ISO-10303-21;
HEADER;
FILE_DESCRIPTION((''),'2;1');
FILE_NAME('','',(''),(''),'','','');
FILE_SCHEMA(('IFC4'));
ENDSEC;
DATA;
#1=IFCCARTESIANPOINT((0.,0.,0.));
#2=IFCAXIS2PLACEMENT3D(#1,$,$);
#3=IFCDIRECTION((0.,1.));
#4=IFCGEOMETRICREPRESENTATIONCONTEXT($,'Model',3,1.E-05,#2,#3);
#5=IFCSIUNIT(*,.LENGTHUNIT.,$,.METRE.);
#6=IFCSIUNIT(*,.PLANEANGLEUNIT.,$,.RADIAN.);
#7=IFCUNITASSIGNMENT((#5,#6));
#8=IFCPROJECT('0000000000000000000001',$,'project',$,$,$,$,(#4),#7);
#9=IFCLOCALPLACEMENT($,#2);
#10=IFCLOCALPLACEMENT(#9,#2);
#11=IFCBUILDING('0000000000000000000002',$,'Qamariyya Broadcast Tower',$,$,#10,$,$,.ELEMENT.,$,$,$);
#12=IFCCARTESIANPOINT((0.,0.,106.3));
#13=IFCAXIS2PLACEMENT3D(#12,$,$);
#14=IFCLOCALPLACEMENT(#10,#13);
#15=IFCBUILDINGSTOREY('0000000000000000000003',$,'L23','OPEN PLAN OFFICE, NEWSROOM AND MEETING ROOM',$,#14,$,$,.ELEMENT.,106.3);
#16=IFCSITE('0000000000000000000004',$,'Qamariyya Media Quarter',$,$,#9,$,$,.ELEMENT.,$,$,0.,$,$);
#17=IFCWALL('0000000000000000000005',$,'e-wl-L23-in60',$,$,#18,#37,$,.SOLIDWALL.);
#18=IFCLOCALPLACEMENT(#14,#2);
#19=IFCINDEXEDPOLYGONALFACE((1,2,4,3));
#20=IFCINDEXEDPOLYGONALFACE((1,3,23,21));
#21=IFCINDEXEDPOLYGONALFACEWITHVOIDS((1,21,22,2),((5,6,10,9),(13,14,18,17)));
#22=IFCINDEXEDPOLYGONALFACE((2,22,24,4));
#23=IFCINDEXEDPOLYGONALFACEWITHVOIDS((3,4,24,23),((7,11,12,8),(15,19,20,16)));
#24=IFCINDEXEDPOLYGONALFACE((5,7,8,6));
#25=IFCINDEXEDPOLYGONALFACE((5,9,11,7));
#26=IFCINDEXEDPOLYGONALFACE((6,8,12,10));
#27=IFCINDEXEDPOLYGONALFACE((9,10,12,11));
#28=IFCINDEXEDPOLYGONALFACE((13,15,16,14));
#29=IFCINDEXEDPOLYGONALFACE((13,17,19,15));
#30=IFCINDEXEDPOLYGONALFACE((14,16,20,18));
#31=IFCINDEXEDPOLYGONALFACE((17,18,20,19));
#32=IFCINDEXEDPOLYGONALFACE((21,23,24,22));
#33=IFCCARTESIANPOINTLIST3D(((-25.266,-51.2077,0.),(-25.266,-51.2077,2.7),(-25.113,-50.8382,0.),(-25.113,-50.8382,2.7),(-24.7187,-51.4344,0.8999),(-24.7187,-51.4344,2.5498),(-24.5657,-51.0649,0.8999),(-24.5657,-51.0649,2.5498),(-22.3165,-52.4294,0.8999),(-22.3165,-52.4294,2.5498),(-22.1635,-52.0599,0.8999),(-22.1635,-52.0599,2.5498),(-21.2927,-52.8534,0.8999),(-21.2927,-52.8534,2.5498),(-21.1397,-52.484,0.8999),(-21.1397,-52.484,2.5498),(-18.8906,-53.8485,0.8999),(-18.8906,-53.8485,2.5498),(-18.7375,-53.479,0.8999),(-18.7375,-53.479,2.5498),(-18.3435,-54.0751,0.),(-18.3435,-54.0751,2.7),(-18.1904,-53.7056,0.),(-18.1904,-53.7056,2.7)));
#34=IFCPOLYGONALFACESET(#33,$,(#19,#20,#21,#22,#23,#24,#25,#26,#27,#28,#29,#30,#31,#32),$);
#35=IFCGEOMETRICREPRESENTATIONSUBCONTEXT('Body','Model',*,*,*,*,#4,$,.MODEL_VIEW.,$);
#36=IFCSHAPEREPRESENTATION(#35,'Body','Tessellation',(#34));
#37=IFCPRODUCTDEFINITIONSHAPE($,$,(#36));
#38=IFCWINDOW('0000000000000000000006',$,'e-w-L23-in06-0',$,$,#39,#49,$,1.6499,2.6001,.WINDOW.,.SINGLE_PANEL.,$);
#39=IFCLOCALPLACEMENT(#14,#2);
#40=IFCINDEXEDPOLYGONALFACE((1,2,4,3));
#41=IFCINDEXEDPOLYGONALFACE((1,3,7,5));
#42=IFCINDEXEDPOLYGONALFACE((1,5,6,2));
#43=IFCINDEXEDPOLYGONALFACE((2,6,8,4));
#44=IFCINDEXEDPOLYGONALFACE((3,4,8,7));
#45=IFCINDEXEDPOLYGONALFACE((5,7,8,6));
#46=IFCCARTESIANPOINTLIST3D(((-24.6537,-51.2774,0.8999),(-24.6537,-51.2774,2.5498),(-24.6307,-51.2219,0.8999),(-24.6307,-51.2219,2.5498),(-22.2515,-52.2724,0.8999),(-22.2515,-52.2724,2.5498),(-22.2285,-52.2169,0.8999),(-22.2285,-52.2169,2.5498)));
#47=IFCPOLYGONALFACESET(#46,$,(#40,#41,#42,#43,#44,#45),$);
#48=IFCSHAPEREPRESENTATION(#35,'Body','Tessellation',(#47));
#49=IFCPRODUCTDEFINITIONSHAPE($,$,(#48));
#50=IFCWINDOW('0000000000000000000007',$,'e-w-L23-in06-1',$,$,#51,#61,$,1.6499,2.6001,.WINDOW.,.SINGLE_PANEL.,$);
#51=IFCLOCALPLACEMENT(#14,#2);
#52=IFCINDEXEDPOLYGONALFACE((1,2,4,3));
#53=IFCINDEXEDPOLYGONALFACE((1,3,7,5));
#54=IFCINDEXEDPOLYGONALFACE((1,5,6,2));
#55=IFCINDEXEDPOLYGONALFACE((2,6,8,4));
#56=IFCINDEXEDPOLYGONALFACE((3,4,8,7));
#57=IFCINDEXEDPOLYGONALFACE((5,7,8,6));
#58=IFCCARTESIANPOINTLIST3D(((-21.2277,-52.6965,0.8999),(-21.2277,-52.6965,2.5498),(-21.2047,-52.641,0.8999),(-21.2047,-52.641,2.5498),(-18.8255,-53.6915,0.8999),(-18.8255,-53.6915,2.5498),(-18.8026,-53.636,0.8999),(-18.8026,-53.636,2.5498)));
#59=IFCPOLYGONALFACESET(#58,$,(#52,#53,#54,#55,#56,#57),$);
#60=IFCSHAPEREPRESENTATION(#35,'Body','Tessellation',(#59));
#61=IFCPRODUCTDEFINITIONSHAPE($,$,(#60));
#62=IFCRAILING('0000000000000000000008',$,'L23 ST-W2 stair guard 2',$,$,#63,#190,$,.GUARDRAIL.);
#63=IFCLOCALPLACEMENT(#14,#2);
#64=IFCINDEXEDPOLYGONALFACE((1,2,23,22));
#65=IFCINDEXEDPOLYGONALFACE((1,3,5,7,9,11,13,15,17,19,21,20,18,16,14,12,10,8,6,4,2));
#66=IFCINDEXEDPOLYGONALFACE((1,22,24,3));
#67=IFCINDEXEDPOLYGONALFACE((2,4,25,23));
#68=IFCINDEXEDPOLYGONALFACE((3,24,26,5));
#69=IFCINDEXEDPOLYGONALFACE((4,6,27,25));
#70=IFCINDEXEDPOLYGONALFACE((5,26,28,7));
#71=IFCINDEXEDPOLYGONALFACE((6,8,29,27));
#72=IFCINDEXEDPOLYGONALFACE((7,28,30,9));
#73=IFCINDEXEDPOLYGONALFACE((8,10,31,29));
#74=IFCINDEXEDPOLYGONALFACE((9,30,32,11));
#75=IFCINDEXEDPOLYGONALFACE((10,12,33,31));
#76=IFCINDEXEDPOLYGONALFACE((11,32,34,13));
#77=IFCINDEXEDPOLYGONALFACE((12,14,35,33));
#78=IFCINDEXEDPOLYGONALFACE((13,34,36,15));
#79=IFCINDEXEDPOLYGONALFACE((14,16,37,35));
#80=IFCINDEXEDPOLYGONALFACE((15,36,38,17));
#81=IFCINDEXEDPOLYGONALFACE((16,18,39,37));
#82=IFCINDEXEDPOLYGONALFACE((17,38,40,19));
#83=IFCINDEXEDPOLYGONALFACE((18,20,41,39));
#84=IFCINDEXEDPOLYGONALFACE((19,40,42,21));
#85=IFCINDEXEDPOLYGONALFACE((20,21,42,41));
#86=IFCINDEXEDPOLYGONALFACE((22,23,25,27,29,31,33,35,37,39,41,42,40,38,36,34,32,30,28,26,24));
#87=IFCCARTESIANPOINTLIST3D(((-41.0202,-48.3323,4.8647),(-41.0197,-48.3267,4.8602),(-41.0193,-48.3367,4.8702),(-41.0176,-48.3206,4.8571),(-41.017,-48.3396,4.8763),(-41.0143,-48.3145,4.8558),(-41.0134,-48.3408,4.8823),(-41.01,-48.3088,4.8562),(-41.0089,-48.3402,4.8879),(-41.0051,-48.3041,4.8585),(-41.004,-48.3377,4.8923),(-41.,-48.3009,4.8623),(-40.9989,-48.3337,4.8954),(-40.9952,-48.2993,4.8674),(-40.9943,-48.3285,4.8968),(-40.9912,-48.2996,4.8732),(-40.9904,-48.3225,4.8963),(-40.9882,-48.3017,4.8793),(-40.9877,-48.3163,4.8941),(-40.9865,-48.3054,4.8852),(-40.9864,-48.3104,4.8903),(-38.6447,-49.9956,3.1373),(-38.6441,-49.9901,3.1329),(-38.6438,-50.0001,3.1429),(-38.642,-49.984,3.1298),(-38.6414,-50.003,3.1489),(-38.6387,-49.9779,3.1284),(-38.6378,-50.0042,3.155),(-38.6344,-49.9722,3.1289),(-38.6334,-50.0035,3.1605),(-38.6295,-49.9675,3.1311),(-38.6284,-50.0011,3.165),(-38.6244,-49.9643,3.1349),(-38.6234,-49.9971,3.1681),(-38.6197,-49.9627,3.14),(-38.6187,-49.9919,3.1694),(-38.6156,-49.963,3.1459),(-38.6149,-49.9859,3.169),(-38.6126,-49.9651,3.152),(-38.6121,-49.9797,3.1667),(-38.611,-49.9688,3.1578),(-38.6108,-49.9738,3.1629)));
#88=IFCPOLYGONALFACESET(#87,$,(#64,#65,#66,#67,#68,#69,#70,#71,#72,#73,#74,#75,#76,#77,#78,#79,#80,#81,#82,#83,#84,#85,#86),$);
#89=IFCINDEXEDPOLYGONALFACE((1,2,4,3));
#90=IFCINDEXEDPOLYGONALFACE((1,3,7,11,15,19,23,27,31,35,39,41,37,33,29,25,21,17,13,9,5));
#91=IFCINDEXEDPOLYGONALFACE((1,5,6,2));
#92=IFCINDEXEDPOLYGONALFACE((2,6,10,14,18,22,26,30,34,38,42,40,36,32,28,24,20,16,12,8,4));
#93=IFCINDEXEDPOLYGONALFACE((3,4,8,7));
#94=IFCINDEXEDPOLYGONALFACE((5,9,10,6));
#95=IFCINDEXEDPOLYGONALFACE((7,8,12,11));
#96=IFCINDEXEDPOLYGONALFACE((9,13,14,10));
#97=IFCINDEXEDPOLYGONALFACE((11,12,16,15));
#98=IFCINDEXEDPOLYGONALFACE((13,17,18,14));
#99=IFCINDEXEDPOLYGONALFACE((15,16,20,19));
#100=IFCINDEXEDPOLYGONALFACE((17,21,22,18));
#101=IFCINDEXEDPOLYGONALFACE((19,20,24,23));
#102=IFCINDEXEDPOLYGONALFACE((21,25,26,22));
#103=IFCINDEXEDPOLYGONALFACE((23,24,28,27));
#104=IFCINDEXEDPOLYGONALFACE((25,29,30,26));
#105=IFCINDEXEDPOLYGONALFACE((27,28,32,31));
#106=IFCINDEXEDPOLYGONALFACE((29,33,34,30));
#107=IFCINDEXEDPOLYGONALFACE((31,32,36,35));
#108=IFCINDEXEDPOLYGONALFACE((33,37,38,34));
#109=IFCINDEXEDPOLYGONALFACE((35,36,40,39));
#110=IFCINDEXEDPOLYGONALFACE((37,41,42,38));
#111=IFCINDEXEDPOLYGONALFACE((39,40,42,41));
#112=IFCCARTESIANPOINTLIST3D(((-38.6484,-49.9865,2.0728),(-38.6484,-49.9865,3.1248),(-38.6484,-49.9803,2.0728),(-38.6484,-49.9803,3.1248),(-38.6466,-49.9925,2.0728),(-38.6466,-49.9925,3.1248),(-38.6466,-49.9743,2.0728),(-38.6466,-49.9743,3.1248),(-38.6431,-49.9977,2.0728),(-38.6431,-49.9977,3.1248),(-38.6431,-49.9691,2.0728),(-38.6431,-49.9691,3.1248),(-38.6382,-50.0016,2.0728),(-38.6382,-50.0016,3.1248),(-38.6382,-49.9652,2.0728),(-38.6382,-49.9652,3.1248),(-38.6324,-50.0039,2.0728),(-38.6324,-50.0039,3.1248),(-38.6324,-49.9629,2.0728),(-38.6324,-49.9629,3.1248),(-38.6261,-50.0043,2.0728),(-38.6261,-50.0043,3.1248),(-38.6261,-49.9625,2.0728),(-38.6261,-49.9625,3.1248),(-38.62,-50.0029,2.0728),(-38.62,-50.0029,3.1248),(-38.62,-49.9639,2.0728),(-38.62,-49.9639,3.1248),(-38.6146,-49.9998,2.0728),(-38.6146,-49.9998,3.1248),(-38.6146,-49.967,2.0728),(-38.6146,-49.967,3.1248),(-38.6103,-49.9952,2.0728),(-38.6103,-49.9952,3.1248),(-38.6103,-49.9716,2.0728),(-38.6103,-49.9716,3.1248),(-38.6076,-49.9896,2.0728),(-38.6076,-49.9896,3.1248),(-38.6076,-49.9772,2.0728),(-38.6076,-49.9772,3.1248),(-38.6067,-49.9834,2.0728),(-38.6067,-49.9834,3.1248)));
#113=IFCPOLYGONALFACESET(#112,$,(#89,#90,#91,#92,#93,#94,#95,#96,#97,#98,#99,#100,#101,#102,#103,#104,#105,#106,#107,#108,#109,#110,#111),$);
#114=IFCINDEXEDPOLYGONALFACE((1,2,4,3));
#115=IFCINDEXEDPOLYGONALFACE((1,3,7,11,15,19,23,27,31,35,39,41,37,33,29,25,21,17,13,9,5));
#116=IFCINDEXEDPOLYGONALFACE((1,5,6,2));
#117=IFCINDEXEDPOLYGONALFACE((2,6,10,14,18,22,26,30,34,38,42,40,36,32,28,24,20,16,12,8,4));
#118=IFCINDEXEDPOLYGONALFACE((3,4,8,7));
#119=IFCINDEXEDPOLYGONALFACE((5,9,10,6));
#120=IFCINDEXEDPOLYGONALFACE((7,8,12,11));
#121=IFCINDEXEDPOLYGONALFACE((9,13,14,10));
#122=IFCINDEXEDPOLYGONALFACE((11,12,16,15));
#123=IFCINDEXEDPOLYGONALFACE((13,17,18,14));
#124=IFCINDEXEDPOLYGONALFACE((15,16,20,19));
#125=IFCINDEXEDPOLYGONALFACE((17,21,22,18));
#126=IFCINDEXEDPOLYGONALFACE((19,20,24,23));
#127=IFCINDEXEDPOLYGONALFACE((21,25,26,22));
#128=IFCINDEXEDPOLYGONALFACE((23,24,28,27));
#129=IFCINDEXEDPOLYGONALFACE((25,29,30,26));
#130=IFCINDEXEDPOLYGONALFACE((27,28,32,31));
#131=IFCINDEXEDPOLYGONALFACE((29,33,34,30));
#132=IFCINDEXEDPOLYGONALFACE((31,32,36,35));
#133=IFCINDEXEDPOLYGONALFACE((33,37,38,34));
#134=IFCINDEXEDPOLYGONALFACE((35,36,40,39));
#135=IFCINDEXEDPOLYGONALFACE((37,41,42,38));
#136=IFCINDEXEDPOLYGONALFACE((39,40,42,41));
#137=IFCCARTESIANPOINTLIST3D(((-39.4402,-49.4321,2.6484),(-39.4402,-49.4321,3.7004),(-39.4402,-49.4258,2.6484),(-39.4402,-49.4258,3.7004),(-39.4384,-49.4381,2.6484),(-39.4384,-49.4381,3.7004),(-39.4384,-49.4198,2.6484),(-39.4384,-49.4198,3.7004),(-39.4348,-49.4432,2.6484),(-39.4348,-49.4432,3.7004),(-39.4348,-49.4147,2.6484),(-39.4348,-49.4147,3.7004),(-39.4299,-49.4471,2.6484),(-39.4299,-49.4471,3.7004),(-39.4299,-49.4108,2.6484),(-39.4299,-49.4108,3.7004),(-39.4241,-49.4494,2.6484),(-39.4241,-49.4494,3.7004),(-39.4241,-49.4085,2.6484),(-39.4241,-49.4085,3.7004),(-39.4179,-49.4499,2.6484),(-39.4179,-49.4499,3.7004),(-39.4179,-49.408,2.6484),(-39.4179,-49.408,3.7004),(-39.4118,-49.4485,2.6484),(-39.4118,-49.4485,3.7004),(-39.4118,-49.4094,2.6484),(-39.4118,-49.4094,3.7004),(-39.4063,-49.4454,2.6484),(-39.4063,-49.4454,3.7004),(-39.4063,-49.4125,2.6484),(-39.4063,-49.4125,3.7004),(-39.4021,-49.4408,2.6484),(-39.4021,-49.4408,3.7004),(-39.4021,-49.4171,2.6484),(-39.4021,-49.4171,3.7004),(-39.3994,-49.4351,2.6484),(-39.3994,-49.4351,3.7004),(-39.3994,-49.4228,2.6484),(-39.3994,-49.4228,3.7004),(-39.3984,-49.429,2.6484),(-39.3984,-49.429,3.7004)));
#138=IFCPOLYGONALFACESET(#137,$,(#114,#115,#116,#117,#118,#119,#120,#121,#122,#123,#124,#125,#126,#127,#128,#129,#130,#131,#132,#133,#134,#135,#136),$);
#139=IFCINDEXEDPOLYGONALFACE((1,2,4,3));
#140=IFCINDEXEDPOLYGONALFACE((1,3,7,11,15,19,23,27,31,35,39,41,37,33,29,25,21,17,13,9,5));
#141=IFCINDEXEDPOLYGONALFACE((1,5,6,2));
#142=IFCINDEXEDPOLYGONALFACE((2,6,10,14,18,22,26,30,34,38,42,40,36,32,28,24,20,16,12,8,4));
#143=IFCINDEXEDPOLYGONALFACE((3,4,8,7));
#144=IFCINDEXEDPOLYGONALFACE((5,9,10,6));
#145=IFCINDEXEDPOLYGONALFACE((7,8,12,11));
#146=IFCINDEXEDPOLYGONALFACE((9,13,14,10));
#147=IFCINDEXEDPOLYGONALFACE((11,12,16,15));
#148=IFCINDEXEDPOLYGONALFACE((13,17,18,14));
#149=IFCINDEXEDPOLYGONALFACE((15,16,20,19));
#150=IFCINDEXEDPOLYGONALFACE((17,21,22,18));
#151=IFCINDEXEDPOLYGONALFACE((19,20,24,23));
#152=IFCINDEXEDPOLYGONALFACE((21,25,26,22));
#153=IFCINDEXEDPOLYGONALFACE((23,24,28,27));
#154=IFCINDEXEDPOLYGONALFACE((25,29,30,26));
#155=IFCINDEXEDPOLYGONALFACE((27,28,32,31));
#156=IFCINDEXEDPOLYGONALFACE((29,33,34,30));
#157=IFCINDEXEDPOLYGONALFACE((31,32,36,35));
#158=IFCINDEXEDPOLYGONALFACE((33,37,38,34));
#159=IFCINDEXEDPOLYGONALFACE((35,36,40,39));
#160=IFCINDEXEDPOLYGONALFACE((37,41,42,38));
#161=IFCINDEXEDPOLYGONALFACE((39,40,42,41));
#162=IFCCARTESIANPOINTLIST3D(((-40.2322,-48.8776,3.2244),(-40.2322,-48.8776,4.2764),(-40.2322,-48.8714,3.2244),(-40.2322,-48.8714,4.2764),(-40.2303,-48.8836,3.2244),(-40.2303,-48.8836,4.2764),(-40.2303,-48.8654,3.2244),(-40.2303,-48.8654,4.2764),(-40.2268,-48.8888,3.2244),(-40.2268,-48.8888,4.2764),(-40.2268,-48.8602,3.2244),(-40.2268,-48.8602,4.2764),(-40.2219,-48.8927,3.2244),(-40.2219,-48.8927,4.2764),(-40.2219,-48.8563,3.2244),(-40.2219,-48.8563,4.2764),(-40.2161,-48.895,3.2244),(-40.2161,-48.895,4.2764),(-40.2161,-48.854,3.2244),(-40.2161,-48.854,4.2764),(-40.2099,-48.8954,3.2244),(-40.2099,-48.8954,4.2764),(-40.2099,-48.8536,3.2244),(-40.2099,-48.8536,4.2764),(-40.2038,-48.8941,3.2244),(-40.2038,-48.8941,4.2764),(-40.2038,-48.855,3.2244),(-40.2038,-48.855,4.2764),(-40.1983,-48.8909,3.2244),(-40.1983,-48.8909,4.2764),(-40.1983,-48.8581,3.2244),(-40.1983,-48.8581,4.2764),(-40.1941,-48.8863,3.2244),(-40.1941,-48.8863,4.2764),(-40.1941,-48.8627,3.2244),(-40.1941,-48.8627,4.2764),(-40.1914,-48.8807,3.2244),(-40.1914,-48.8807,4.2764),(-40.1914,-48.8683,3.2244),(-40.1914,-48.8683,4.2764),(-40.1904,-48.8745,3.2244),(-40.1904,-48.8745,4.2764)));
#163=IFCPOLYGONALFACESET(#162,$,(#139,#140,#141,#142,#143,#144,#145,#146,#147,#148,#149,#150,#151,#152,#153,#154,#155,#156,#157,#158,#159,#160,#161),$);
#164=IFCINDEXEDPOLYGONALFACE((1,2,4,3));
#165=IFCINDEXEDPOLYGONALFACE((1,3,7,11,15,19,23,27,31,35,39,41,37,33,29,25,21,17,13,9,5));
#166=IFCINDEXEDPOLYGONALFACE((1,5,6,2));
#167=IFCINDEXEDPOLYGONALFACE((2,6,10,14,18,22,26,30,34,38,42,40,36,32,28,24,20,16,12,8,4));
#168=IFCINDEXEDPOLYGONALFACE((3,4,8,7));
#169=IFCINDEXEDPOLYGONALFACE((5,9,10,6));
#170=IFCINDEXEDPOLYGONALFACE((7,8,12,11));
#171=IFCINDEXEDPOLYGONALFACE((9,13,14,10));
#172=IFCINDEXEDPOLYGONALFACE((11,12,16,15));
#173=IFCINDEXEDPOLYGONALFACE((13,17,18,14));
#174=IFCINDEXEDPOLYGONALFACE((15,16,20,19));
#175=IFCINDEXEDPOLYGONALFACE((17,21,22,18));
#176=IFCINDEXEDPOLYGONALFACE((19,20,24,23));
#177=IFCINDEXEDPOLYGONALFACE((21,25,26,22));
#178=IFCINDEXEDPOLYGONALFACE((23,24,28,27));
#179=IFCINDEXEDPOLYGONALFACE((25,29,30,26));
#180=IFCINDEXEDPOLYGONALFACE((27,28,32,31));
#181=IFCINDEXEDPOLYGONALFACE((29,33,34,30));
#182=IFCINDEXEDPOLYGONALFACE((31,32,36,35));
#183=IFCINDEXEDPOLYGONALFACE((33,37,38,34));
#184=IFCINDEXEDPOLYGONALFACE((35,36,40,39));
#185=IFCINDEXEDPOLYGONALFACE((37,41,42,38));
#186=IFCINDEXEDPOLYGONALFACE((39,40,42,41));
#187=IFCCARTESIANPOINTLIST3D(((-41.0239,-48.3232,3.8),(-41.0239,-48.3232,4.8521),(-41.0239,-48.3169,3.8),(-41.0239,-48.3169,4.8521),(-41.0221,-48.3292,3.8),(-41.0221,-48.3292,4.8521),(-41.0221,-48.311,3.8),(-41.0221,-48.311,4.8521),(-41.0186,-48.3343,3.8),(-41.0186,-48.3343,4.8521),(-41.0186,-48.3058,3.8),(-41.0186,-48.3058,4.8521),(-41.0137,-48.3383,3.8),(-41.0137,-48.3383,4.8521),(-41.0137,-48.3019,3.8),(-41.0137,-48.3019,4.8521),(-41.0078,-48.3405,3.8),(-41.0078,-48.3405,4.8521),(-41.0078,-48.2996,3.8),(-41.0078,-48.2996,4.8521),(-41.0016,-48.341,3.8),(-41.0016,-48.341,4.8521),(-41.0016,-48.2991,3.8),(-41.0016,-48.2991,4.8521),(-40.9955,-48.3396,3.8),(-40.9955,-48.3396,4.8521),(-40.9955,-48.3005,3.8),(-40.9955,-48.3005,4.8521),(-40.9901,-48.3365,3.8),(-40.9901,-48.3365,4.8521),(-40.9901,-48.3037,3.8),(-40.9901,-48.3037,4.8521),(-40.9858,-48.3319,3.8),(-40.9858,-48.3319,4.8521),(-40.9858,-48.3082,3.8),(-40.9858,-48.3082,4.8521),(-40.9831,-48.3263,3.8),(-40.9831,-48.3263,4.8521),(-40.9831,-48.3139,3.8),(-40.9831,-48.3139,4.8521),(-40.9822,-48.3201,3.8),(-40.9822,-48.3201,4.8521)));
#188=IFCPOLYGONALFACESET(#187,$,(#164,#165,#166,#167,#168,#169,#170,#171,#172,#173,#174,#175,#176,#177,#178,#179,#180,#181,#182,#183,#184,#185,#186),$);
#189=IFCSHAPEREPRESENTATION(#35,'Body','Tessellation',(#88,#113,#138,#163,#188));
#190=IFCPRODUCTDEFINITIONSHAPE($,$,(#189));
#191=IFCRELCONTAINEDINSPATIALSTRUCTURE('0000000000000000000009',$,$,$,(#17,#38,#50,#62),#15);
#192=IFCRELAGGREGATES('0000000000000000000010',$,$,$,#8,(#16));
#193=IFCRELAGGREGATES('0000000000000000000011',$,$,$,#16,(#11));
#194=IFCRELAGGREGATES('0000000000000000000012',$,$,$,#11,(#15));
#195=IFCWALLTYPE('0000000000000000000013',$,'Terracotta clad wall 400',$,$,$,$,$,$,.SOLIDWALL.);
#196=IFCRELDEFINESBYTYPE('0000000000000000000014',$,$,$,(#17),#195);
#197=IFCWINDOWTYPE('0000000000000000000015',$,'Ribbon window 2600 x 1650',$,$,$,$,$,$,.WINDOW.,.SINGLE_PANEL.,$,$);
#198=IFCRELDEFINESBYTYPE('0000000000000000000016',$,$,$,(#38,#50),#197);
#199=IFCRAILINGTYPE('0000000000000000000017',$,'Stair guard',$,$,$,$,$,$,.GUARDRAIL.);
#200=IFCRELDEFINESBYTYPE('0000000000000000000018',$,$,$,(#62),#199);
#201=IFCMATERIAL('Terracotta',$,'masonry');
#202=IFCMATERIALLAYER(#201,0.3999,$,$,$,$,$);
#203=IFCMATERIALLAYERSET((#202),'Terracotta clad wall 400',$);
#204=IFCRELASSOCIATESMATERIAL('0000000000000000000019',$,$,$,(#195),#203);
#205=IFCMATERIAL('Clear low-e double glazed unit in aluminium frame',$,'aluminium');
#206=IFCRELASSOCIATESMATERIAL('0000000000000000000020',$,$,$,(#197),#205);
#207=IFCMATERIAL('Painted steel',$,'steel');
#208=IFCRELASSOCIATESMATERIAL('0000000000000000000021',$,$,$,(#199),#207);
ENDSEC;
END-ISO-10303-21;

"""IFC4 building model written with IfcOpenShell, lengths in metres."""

from ifc_helpers import new_model, si_unit, direction, frame, frame_2d, origin, origin_2d, place, context, subcontext, project, spatial, rectangle, circle, extrude, material, layer, layer_set, type_object, element, fill, save


model = new_model("IFC4")

# Units and contexts
model_context = context("Model", 3, precision=1e-05, world=origin(), true_north=direction((0.0, 1.0)))
body_context = subcontext(model_context, "Body", "Model", "MODEL_VIEW")
ifc_project = project(units=[si_unit("LENGTHUNIT", "METRE"), si_unit("PLANEANGLEUNIT", "RADIAN")], contexts=[model_context])

# Site, building, storey
site_placement = place(None, origin())
site = spatial("IfcSite", under=ifc_project, at=site_placement, Name="Qamariyya Media Quarter", CompositionType="ELEMENT", RefElevation=0.0)
building_placement = place(site_placement, origin())
building = spatial("IfcBuilding", under=site, at=building_placement, Name="Qamariyya Broadcast Tower", CompositionType="ELEMENT")
storey_placement = place(building_placement, frame((0.0, 0.0, 106.3)))
storey = spatial("IfcBuildingStorey", under=building, at=storey_placement, Name="L23", Description="OPEN PLAN OFFICE, NEWSROOM AND MEETING ROOM", CompositionType="ELEMENT", Elevation=106.3)

# Wall, openings, windows
ifc_material_1 = material(Name="Terracotta", Category="masonry")
ifc_layer_1 = layer(ifc_material_1, 0.3999)
ifc_layer_set_1 = layer_set([ifc_layer_1], Name="Terracotta clad wall 400")
wall_type_1 = type_object("IfcWallType", Name="Terracotta clad wall 400", PredefinedType="SOLIDWALL", material=ifc_layer_set_1)
ifc_material_2 = material(Name="Clear low-e double glazed unit in aluminium frame", Category="aluminium")
window_type = type_object("IfcWindowType", Name="Ribbon window 2600 x 1650", PartitioningType="SINGLE_PANEL", PredefinedType="WINDOW", material=ifc_material_2)
wall_1_placement = place(storey_placement, frame((-18.2668, -53.8904, 0.0), z_axis=(0.0, 0.0, 1.0), x_axis=(-0.92388, 0.382683, 0.0)))
wall_1 = element("IfcWall", 1, at=wall_1_placement, inside=storey, type_object=wall_type_1, Name="e-wl-L23-in60", PredefinedType="SOLIDWALL", context=body_context, shape_type="SweptSolid", body=[
    extrude(rectangle(XDim=7.4929, YDim=0.3999, at=frame_2d((3.7466, 0.0))), origin(), (0.0, 0.0, 1.0), 2.7),
])
opening_1_placement = place(wall_1_placement, frame((4.3005, 0.0, 0.8999)))
opening_1 = element("IfcOpeningElement", 2, at=opening_1_placement, cuts=wall_1, PredefinedType="OPENING", context=body_context, shape_type="SweptSolid", body=[
    extrude(rectangle(XDim=2.6001, YDim=1.6499, at=frame_2d((1.3, 0.825))), frame((0.0, 0.21, 0.0), z_axis=(0.0, -1.0, 0.0), x_axis=(1.0, 0.0, 0.0)), (0.0, 0.0, 1.0), 0.4199),
])
opening_2_placement = place(wall_1_placement, frame((0.5923, 0.0, 0.8999)))
opening_2 = element("IfcOpeningElement", 3, at=opening_2_placement, cuts=wall_1, PredefinedType="OPENING", context=body_context, shape_type="SweptSolid", body=[
    extrude(rectangle(XDim=2.6001, YDim=1.6499, at=frame_2d((1.3, 0.825))), frame((0.0, 0.21, 0.0), z_axis=(0.0, -1.0, 0.0), x_axis=(1.0, 0.0, 0.0)), (0.0, 0.0, 1.0), 0.4199),
])
window_1_placement = place(opening_1_placement, origin())
window_1 = element("IfcWindow", 4, at=window_1_placement, inside=storey, type_object=window_type, Name="e-w-L23-in06-0", OverallHeight=1.6499, OverallWidth=2.6001, PartitioningType="SINGLE_PANEL", PredefinedType="WINDOW", context=body_context, shape_type="SweptSolid", body=[
    extrude(rectangle(XDim=2.6001, YDim=1.6499, at=frame_2d((1.3, 0.825))), frame((0.0, 0.03, 0.0), z_axis=(0.0, -1.0, 0.0), x_axis=(1.0, 0.0, 0.0)), (0.0, 0.0, 1.0), 0.0601),
])
fill(opening_1, window_1)
window_2_placement = place(opening_2_placement, origin())
window_2 = element("IfcWindow", 5, at=window_2_placement, inside=storey, type_object=window_type, Name="e-w-L23-in06-1", OverallHeight=1.6499, OverallWidth=2.6001, PartitioningType="SINGLE_PANEL", PredefinedType="WINDOW", context=body_context, shape_type="SweptSolid", body=[
    extrude(rectangle(XDim=2.6001, YDim=1.6499, at=frame_2d((1.3, 0.825))), frame((0.0, 0.03, 0.0), z_axis=(0.0, -1.0, 0.0), x_axis=(1.0, 0.0, 0.0)), (0.0, 0.0, 1.0), 0.0601),
])
fill(opening_2, window_2)

# Railing
ifc_material_3 = material(Name="Painted steel", Category="steel")
railing_type = type_object("IfcRailingType", Name="Stair guard", PredefinedType="GUARDRAIL", material=ifc_material_3)
railing_placement = place(storey_placement, frame((-38.6277, -49.9834, 2.0728)))
element("IfcRailing", 6, at=railing_placement, inside=storey, type_object=railing_type, Name="L23 ST-W2 stair guard 2", PredefinedType="GUARDRAIL", context=body_context, shape_type="SweptSolid", body=[
    extrude(circle(Radius=0.0239, at=origin_2d()), frame((0.0, 0.0, 1.0762), z_axis=(-0.70377, 0.492784, 0.511734), x_axis=(-0.573575, -0.819153, 0.0)), (0.0, 0.0, 1.0), 3.3755),
    extrude(circle(Radius=0.021, at=origin_2d()), origin(), (0.0, 0.0, 1.0), 1.052),
    extrude(circle(Radius=0.021, at=origin_2d()), frame((-0.7917, 0.5544, 0.5757)), (0.0, 0.0, 1.0), 1.052),
    extrude(circle(Radius=0.021, at=origin_2d()), frame((-1.5837, 1.1089, 1.1516)), (0.0, 0.0, 1.0), 1.052),
    extrude(circle(Radius=0.021, at=origin_2d()), frame((-2.3755, 1.6633, 1.7273)), (0.0, 0.0, 1.0), 1.052),
])

save(model, "model.ifc")
